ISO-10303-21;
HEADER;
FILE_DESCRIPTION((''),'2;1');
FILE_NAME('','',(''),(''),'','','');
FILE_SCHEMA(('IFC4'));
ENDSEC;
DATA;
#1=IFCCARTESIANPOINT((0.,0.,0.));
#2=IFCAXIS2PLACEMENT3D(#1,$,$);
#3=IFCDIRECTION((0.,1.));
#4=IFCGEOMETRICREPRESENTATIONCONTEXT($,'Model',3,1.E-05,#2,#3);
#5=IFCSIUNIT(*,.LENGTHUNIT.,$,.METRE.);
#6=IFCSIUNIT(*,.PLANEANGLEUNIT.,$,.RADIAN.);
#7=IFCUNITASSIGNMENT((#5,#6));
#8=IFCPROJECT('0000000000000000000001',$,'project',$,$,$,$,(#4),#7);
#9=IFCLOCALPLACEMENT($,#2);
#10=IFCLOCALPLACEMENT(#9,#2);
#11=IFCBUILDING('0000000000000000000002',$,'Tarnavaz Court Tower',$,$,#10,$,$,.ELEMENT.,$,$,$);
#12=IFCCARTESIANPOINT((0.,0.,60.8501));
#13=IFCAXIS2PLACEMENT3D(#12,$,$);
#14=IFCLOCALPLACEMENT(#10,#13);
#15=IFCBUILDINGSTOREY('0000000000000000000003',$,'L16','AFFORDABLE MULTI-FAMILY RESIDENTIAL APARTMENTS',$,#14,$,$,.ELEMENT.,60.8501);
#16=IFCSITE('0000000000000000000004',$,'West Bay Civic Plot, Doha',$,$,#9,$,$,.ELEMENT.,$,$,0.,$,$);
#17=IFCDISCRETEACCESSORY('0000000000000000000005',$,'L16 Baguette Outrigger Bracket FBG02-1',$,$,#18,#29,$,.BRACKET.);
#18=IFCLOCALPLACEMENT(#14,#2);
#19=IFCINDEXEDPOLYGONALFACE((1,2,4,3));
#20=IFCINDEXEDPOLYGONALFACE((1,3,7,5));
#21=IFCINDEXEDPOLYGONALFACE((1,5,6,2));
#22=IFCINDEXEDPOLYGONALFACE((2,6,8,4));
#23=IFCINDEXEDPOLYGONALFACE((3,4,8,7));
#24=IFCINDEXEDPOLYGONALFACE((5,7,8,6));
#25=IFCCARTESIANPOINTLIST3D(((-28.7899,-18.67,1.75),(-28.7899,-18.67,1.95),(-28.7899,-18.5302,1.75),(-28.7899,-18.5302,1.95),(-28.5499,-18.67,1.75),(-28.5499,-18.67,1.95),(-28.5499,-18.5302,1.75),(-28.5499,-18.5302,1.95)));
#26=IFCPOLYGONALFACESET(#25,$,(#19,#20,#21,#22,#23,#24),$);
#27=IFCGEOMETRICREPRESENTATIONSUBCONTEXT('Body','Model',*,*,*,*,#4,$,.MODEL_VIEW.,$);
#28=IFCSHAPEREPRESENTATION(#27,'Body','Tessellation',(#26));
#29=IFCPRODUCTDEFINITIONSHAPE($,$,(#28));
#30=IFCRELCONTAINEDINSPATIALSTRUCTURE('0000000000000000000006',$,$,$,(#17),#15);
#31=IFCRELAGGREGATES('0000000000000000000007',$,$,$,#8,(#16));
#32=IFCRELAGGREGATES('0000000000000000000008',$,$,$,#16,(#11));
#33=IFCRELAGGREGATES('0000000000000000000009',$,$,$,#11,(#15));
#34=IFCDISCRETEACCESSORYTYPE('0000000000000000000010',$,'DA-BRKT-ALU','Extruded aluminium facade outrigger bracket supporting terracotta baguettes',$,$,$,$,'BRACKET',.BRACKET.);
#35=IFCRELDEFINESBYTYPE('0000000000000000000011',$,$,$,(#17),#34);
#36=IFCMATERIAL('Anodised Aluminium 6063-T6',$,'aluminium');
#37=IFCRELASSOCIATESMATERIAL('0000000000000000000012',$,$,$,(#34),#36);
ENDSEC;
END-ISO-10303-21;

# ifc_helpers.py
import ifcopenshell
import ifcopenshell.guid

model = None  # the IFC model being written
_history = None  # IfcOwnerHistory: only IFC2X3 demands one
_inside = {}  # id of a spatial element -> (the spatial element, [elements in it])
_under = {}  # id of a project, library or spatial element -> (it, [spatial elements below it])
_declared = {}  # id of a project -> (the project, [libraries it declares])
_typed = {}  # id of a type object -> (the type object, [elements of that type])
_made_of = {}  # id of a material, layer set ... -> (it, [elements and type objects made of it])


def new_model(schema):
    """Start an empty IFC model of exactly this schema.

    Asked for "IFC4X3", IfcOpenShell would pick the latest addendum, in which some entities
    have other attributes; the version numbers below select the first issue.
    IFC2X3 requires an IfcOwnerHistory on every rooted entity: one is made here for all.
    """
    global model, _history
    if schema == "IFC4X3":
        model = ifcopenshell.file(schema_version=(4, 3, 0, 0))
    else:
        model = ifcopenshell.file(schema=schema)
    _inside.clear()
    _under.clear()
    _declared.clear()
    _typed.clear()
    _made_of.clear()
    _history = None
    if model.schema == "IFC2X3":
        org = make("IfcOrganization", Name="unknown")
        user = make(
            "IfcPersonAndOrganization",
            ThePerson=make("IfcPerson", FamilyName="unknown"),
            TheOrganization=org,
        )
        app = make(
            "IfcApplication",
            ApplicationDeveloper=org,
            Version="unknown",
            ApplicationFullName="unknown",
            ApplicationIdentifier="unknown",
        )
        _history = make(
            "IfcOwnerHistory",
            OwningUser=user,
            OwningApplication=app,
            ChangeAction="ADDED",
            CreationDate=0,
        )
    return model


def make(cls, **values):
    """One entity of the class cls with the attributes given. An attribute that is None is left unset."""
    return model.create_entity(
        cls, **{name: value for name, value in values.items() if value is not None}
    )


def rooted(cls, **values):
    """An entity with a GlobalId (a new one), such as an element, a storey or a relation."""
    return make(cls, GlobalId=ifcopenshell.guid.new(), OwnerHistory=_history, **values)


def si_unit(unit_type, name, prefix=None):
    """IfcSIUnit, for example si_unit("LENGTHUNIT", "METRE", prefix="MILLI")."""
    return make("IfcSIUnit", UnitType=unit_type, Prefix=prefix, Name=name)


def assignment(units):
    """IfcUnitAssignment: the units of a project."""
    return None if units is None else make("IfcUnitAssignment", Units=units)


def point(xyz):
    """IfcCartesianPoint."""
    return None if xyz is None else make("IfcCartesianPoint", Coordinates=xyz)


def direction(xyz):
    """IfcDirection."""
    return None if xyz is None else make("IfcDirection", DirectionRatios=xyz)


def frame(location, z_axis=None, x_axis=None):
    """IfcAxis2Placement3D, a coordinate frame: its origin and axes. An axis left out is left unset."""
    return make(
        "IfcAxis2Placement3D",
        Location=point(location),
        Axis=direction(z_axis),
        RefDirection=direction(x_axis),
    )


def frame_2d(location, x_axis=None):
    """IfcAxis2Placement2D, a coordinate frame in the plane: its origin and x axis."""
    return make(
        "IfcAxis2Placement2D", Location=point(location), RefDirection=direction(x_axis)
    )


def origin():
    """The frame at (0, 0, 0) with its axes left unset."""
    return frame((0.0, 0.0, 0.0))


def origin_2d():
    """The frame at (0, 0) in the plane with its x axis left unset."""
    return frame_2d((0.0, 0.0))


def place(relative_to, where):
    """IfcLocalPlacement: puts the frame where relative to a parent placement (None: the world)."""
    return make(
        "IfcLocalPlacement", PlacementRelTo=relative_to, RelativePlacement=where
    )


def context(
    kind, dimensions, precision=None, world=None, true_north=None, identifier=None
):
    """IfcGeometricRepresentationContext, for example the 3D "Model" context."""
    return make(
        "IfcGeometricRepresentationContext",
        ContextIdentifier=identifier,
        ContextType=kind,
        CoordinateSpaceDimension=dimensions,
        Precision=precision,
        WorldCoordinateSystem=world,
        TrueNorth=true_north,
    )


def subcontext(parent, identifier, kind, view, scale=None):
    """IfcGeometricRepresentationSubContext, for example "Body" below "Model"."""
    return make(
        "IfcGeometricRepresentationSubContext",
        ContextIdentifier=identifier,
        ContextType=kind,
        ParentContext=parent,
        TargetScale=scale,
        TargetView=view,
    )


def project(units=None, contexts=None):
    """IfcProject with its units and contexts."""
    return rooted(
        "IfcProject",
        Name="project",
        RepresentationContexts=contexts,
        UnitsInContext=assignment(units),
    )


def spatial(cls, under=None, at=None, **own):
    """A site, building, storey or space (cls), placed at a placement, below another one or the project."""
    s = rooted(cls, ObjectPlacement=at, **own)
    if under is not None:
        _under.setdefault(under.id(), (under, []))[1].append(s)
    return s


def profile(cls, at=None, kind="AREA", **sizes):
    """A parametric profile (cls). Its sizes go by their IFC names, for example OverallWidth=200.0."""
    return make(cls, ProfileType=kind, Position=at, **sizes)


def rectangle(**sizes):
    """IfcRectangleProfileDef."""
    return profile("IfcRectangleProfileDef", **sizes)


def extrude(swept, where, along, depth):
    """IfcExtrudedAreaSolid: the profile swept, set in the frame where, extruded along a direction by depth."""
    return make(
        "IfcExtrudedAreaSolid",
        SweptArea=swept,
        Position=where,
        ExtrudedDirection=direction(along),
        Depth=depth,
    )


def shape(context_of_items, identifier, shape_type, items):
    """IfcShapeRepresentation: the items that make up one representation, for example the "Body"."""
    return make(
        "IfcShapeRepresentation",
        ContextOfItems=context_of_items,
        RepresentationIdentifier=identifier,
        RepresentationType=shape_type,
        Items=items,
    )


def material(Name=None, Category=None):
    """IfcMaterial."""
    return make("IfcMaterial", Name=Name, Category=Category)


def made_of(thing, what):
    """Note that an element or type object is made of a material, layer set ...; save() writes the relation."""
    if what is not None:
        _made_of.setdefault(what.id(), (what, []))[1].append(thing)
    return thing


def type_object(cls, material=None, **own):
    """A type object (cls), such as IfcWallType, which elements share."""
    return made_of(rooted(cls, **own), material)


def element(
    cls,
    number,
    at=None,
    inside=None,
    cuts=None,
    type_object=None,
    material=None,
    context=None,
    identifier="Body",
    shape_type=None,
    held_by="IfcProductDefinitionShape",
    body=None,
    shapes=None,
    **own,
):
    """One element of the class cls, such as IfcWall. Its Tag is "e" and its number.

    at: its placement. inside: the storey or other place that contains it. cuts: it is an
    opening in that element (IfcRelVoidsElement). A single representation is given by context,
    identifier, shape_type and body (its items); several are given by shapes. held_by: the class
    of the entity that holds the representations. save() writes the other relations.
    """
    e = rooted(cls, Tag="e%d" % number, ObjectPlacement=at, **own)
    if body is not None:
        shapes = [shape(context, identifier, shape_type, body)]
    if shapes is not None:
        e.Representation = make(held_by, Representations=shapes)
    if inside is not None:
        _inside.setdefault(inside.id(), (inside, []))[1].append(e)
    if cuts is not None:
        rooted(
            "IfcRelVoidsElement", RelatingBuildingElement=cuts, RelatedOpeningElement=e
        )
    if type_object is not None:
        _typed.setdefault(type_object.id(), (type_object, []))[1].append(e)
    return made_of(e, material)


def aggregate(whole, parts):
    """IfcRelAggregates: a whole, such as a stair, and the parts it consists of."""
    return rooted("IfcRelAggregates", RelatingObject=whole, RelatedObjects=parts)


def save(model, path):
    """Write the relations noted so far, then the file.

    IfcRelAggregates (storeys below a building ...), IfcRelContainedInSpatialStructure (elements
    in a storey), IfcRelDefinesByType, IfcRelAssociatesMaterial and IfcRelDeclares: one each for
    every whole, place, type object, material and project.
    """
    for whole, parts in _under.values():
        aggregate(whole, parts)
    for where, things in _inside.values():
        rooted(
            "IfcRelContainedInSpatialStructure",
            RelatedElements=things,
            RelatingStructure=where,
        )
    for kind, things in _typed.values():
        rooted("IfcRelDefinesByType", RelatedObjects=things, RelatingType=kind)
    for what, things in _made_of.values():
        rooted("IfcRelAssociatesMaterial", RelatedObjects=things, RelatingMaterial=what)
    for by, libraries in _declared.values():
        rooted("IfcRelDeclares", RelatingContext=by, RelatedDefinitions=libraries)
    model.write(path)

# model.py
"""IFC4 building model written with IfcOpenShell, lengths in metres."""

from ifc_helpers import new_model, si_unit, direction, frame, origin, origin_2d, place, context, subcontext, project, spatial, rectangle, extrude, material, type_object, element, save


model = new_model("IFC4")

# Units and contexts
model_context = context("Model", 3, precision=1e-05, world=origin(), true_north=direction((0.0, 1.0)))
body_context = subcontext(model_context, "Body", "Model", "MODEL_VIEW")
ifc_project = project(units=[si_unit("LENGTHUNIT", "METRE"), si_unit("PLANEANGLEUNIT", "RADIAN")], contexts=[model_context])

# Site, building, storey
site_placement = place(None, origin())
site = spatial("IfcSite", under=ifc_project, at=site_placement, Name="West Bay Civic Plot, Doha", CompositionType="ELEMENT", RefElevation=0.0)
building_placement = place(site_placement, origin())
building = spatial("IfcBuilding", under=site, at=building_placement, Name="Tarnavaz Court Tower", CompositionType="ELEMENT")
storey_placement = place(building_placement, frame((0.0, 0.0, 60.8501)))
storey = spatial("IfcBuildingStorey", under=building, at=storey_placement, Name="L16", Description="AFFORDABLE MULTI-FAMILY RESIDENTIAL APARTMENTS", CompositionType="ELEMENT", Elevation=60.8501)

# Discrete accessory
ifc_material_1 = material(Name="Anodised Aluminium 6063-T6", Category="aluminium")
discrete_accessory_type = type_object("IfcDiscreteAccessoryType", Name="DA-BRKT-ALU", Description="Extruded aluminium facade outrigger bracket supporting terracotta baguettes", ElementType="BRACKET", PredefinedType="BRACKET", material=ifc_material_1)
discrete_accessory_placement = place(storey_placement, frame((-28.6699, -18.6001, 1.75), z_axis=(0.0, 0.0, 1.0), x_axis=(0.0, 1.0, 0.0)))
element("IfcDiscreteAccessory", 1, at=discrete_accessory_placement, inside=storey, type_object=discrete_accessory_type, Name="L16 Baguette Outrigger Bracket FBG02-1", PredefinedType="BRACKET", context=body_context, shape_type="SweptSolid", body=[
    extrude(rectangle(XDim=0.1399, YDim=0.24, at=origin_2d()), origin(), (0.0, 0.0, 1.0), 0.2),
])

save(model, "model.ifc")
